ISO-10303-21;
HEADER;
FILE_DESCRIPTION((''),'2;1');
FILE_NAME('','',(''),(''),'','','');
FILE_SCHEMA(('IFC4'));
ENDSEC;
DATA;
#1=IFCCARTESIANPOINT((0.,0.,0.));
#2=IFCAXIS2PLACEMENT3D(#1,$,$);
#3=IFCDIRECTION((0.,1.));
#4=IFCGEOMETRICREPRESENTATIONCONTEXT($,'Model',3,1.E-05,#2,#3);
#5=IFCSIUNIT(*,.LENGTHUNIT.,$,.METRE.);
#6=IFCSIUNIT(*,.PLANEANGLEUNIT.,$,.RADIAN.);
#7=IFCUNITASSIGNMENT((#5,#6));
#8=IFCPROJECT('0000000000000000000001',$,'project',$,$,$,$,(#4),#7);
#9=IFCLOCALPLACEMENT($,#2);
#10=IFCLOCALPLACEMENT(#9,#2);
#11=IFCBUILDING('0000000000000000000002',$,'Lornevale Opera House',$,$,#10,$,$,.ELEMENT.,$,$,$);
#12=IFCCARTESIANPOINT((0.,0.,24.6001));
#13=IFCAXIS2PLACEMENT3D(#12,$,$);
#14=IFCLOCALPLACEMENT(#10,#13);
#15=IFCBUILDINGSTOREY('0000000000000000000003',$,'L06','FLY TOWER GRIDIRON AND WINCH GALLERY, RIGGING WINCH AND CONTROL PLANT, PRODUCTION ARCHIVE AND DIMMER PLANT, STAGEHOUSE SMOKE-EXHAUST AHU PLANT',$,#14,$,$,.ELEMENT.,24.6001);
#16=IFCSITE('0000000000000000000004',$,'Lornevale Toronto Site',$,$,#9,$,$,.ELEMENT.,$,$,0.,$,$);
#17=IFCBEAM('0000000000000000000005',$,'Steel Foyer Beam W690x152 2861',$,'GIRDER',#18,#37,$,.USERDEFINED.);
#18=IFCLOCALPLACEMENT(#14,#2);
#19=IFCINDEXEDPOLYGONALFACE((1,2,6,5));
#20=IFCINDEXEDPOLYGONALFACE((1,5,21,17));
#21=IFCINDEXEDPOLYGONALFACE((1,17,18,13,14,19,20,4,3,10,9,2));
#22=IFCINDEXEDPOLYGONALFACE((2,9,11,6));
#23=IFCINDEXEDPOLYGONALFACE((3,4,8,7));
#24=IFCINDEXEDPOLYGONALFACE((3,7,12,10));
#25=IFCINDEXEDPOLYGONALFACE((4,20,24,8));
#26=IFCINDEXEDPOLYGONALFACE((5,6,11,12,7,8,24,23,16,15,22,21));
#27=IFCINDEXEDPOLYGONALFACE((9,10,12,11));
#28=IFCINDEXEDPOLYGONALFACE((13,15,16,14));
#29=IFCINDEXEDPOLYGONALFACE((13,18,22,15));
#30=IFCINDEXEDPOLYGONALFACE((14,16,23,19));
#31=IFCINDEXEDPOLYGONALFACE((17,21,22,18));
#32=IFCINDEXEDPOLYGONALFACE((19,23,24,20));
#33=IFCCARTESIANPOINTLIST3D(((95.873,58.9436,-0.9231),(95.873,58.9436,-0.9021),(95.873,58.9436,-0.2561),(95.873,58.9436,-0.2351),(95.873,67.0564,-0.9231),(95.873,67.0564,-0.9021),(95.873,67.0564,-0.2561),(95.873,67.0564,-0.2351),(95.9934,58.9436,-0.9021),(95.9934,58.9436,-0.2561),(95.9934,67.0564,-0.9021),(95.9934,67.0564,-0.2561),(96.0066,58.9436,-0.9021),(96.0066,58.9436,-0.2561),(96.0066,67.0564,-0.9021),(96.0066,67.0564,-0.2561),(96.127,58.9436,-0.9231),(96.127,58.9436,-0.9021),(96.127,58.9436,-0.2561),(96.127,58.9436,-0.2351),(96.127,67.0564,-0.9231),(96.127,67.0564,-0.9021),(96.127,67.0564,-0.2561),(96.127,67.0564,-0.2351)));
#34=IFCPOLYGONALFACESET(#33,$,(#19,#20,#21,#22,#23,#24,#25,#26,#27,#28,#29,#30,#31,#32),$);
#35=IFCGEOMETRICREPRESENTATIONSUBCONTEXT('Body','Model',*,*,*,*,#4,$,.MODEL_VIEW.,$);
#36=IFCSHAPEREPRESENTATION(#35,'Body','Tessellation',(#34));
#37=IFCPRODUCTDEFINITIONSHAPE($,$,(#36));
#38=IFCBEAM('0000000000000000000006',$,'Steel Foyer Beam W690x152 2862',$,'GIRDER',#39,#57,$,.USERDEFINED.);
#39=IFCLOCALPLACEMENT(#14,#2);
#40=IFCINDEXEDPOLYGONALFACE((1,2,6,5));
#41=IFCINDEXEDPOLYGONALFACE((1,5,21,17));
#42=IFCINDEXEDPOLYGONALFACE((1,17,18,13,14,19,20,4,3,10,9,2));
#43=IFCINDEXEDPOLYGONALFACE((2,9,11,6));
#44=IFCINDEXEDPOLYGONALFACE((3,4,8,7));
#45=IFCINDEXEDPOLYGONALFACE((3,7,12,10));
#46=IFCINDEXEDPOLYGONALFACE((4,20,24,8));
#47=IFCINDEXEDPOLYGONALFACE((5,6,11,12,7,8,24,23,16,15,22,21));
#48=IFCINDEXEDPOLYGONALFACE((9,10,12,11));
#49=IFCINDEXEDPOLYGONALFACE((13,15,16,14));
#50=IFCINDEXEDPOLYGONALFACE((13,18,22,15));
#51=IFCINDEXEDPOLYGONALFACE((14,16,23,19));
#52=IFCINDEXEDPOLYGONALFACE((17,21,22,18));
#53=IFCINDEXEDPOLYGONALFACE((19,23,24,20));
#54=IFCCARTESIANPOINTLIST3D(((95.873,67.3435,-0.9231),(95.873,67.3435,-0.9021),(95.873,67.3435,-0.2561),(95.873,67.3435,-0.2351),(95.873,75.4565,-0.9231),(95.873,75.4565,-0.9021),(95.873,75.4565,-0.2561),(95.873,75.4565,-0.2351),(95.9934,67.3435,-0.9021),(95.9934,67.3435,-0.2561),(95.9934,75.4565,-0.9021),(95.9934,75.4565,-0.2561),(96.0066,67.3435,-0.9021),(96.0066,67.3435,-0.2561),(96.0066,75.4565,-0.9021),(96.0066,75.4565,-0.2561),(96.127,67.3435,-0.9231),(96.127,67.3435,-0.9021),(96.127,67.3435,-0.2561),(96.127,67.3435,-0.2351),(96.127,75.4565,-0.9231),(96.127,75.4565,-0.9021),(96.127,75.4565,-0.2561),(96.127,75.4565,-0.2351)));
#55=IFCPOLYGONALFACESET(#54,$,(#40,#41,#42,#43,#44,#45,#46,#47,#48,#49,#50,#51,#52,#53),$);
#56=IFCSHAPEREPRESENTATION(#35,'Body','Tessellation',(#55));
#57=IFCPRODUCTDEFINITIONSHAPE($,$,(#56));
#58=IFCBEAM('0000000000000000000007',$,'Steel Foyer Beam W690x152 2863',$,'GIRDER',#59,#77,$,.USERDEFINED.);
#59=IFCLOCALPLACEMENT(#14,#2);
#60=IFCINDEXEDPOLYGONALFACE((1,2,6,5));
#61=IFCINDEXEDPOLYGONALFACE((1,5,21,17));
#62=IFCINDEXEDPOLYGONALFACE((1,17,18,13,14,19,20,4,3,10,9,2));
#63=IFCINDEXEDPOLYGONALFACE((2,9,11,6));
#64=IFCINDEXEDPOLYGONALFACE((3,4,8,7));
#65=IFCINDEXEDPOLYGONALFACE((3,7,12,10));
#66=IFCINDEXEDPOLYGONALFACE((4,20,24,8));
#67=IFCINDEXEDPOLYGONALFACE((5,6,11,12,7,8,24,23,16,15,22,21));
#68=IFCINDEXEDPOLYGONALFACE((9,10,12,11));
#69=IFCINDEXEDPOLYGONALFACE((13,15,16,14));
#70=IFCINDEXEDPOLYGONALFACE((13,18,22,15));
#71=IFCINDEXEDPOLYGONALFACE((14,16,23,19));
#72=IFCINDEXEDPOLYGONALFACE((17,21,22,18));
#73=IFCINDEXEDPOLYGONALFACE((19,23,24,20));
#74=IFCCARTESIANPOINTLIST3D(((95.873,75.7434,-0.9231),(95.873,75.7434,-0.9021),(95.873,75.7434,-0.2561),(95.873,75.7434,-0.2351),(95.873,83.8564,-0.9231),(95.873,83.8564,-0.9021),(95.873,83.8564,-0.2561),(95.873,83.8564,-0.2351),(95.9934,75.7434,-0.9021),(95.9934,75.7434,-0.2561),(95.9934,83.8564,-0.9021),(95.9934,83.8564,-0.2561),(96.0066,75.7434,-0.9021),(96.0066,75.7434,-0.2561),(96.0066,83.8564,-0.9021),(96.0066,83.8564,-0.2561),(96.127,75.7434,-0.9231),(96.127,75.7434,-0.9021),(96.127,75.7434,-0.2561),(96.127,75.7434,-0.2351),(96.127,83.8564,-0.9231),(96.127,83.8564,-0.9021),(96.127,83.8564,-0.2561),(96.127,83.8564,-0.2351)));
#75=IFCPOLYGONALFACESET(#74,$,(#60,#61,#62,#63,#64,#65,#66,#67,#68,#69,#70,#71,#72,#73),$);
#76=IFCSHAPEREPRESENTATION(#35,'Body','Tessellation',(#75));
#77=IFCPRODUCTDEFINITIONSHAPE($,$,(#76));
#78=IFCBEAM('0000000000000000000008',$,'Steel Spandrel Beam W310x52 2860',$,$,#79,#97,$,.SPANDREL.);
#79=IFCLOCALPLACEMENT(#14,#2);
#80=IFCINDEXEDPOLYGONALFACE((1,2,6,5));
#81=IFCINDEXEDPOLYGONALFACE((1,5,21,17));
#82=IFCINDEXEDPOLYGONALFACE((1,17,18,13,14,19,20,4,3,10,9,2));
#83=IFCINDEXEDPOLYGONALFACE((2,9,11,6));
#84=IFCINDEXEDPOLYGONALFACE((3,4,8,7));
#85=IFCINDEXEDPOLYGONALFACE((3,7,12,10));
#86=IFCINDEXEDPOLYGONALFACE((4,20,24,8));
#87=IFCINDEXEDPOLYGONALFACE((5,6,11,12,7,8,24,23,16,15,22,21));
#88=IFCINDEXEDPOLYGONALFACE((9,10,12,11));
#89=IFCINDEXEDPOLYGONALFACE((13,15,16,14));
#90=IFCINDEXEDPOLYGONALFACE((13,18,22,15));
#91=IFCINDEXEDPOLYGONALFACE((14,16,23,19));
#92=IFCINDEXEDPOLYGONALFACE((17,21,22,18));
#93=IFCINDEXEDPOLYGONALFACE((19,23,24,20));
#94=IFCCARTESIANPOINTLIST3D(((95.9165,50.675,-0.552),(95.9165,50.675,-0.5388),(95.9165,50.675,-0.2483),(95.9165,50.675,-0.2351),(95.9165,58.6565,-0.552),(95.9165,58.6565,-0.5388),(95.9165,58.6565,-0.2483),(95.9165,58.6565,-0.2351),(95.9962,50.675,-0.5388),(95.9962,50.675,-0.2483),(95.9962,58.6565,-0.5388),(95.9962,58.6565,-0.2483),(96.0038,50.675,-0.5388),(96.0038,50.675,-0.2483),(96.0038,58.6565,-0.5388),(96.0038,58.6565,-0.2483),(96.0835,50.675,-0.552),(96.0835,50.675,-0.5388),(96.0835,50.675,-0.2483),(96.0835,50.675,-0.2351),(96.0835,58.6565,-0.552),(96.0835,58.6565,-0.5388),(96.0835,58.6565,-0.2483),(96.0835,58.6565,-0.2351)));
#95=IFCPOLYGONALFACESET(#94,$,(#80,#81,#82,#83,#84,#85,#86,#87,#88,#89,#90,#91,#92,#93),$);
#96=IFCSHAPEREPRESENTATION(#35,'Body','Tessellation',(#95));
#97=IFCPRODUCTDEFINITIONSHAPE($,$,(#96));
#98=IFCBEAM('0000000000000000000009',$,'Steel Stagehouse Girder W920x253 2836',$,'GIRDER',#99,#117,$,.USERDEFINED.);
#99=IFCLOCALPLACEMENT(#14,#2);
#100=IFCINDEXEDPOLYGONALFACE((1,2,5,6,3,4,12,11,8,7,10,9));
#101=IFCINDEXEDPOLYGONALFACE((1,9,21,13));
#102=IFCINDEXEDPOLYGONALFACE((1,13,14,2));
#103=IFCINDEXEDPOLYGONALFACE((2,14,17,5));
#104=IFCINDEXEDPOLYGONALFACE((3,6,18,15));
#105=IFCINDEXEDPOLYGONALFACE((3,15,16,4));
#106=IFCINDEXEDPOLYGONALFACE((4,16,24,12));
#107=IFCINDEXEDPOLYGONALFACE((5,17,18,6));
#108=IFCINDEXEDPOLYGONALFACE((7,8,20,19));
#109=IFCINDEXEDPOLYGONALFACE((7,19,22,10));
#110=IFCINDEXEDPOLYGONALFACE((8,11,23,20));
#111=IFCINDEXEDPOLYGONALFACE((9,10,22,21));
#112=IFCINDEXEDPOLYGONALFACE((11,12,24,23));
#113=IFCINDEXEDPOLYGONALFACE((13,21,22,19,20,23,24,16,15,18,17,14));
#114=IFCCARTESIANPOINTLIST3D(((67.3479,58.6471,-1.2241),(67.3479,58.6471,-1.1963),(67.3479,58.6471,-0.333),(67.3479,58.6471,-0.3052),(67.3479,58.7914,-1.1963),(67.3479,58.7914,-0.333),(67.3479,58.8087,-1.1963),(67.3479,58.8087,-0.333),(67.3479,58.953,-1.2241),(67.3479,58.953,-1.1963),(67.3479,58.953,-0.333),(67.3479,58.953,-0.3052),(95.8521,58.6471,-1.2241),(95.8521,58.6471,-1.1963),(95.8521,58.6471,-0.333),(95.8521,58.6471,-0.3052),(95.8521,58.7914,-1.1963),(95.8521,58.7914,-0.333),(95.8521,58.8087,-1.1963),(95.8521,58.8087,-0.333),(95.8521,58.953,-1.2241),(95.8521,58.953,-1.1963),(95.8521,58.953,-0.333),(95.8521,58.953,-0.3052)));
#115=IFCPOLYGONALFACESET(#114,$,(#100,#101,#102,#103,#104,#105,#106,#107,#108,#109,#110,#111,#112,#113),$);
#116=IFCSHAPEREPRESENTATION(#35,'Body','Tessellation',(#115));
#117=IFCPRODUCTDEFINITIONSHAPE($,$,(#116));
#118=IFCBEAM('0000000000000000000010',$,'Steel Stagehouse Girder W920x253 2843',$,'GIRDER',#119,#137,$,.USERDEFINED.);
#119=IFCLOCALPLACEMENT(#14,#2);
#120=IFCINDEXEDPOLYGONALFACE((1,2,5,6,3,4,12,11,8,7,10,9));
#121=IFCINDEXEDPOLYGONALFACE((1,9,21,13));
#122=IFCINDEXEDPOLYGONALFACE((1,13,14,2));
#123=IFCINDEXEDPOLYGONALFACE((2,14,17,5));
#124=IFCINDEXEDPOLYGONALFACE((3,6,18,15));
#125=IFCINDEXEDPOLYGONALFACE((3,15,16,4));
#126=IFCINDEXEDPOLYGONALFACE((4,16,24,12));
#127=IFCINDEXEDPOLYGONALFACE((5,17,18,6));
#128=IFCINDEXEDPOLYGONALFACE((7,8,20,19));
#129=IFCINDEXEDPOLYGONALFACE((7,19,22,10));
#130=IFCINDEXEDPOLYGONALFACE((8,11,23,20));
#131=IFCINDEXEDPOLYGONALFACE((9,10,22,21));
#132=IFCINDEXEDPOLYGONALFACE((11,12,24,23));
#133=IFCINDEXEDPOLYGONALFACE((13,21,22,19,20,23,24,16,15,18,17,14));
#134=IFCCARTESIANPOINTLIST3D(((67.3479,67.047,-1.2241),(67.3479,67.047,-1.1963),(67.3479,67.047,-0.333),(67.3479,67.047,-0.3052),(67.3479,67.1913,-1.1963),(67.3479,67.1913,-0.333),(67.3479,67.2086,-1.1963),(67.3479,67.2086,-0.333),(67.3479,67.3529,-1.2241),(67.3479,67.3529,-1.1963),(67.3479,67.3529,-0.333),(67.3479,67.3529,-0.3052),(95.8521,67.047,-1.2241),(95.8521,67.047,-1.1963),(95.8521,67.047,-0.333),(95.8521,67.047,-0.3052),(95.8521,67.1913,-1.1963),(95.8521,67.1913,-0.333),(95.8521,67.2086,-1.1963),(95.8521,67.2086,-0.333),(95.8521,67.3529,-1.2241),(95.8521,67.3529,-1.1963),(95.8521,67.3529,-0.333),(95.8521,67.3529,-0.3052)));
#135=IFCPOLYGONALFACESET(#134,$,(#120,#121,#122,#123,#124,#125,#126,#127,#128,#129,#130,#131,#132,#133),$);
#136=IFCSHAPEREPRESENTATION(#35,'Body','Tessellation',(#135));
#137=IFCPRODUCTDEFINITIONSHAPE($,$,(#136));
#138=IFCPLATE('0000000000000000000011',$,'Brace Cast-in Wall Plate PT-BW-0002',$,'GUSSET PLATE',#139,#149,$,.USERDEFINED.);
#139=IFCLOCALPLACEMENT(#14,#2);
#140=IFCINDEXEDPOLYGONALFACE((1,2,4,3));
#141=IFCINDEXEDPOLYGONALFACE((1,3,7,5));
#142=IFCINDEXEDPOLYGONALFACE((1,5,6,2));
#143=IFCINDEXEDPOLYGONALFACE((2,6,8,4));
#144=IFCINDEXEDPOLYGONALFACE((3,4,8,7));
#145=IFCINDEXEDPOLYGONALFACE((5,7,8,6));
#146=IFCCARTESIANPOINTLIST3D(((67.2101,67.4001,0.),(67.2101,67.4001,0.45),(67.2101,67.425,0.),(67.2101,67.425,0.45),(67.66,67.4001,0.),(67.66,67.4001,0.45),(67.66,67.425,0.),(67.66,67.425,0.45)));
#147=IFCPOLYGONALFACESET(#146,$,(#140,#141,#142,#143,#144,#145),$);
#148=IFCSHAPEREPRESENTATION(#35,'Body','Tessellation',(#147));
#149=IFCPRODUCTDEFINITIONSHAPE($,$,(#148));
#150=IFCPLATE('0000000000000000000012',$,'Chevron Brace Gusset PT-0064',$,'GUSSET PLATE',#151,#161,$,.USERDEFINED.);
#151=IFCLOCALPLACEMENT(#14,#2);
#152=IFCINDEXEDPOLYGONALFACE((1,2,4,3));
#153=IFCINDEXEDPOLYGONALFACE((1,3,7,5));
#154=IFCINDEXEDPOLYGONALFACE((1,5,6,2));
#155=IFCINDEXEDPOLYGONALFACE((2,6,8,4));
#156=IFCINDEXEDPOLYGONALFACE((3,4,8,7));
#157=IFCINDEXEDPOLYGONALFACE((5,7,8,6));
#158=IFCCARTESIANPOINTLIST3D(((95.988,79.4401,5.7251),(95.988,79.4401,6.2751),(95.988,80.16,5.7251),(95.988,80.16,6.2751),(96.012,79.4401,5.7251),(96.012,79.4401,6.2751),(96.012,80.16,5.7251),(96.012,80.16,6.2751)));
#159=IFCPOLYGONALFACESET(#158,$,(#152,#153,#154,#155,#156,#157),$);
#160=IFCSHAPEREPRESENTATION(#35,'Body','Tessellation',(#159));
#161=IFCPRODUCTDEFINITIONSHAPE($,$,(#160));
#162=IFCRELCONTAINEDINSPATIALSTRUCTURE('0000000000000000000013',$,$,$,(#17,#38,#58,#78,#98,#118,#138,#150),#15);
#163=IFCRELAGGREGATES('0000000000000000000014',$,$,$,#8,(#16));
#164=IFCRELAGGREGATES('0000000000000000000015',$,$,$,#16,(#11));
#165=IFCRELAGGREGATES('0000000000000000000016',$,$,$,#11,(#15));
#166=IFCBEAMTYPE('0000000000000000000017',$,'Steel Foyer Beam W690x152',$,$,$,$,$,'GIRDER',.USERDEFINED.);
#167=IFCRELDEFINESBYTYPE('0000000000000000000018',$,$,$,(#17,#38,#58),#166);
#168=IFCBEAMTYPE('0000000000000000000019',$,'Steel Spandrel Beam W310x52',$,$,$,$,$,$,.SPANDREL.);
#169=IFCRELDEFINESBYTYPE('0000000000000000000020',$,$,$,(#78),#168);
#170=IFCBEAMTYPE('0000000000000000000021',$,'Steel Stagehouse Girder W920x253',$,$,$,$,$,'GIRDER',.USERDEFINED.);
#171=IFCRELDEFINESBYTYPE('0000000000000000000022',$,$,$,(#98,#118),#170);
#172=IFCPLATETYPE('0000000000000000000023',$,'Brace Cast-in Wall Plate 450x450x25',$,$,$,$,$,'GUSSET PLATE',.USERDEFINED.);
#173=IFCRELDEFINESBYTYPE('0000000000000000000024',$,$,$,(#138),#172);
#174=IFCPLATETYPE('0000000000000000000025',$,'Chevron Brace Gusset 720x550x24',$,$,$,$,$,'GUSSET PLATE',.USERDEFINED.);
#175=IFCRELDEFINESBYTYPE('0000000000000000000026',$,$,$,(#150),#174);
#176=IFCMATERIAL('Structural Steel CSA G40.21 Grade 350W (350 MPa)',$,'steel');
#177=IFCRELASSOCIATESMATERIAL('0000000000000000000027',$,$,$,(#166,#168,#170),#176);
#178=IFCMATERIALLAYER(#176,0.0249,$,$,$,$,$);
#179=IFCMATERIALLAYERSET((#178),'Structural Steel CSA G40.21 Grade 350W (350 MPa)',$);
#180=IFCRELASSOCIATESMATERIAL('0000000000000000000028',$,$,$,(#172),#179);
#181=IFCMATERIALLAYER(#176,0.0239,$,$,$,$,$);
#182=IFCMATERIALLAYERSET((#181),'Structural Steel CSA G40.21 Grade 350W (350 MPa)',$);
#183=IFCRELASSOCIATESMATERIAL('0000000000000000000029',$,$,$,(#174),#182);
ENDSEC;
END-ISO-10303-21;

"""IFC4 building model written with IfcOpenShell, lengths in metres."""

from ifc_helpers import new_model, si_unit, direction, frame, origin, origin_2d, place, context, subcontext, project, spatial, rectangle, i_section, extrude, material, layer, layer_set, material_profile, profile_set, type_object, element, save


model = new_model("IFC4")

# Units and contexts
model_context = context("Model", 3, precision=1e-05, world=origin(), true_north=direction((0.0, 1.0)))
body_context = subcontext(model_context, "Body", "Model", "MODEL_VIEW")
ifc_project = project(units=[si_unit("LENGTHUNIT", "METRE"), si_unit("PLANEANGLEUNIT", "RADIAN")], contexts=[model_context])

# Site, building, storey
site_placement = place(None, origin())
site = spatial("IfcSite", under=ifc_project, at=site_placement, Name="Lornevale Toronto Site", CompositionType="ELEMENT", RefElevation=0.0)
building_placement = place(site_placement, origin())
building = spatial("IfcBuilding", under=site, at=building_placement, Name="Lornevale Opera House", CompositionType="ELEMENT")
storey_placement = place(building_placement, frame((0.0, 0.0, 24.6001)))
storey = spatial("IfcBuildingStorey", under=building, at=storey_placement, Name="L06", Description="FLY TOWER GRIDIRON AND WINCH GALLERY, RIGGING WINCH AND CONTROL PLANT, PRODUCTION ARCHIVE AND DIMMER PLANT, STAGEHOUSE SMOKE-EXHAUST AHU PLANT", CompositionType="ELEMENT", Elevation=24.6001)

# Shared definitions
ifc_material_1 = material(Name="Structural Steel CSA G40.21 Grade 350W (350 MPa)", Category="steel")

# Beams
ifc_material_profile_1 = material_profile(ifc_material_1, i_section(OverallWidth=0.2539, OverallDepth=0.688, WebThickness=0.0132, FlangeThickness=0.021, at=origin_2d()), Name="W690x152")
ifc_profile_set_1 = profile_set([ifc_material_profile_1], Name="Structural Steel CSA G40.21 Grade 350W (350 MPa)")
beam_type_1 = type_object("IfcBeamType", Name="Steel Foyer Beam W690x152", ElementType="GIRDER", PredefinedType="USERDEFINED", material=ifc_profile_set_1)
beam_1_placement = place(storey_placement, frame((96.0, 58.9436, -0.5791), z_axis=(0.0, 1.0, 0.0), x_axis=(-1.0, 0.0, 0.0)))
element("IfcBeam", 1, at=beam_1_placement, inside=storey, type_object=beam_type_1, Name="Steel Foyer Beam W690x152 2861", ObjectType="GIRDER", PredefinedType="USERDEFINED", context=body_context, shape_type="SweptSolid", body=[
    extrude(i_section(OverallWidth=0.2539, OverallDepth=0.688, WebThickness=0.0132, FlangeThickness=0.021, at=origin_2d()), origin(), (0.0, 0.0, 1.0), 8.1128),
])
for number, where, z_axis, x_axis, name in (
    (2, (96.0, 67.3435, -0.5791), (0.0, 1.0, 0.0), (-1.0, 0.0, 0.0), "Steel Foyer Beam W690x152 2862"),
    (3, (96.0, 75.7434, -0.5791), (0.0, 1.0, 0.0), (-1.0, 0.0, 0.0), "Steel Foyer Beam W690x152 2863"),
):
    element("IfcBeam", number, at=place(storey_placement, frame(where, z_axis=z_axis, x_axis=x_axis)), inside=storey, type_object=beam_type_1, Name=name, ObjectType="GIRDER", PredefinedType="USERDEFINED", context=body_context, shape_type="SweptSolid", body=[
        extrude(i_section(OverallWidth=0.2539, OverallDepth=0.688, WebThickness=0.0132, FlangeThickness=0.021, at=origin_2d()), origin(), (0.0, 0.0, 1.0), 8.113),
    ])
ifc_material_profile_2 = material_profile(ifc_material_1, i_section(OverallWidth=0.167, OverallDepth=0.3169, WebThickness=0.0076, FlangeThickness=0.0132, at=origin_2d()), Name="W310x52")
ifc_profile_set_2 = profile_set([ifc_material_profile_2], Name="Structural Steel CSA G40.21 Grade 350W (350 MPa)")
beam_type_2 = type_object("IfcBeamType", Name="Steel Spandrel Beam W310x52", PredefinedType="SPANDREL", material=ifc_profile_set_2)
beam_2_placement = place(storey_placement, frame((96.0, 50.675, -0.3936), z_axis=(0.0, 1.0, 0.0), x_axis=(-1.0, 0.0, 0.0)))
element("IfcBeam", 4, at=beam_2_placement, inside=storey, type_object=beam_type_2, Name="Steel Spandrel Beam W310x52 2860", PredefinedType="SPANDREL", context=body_context, shape_type="SweptSolid", body=[
    extrude(i_section(OverallWidth=0.167, OverallDepth=0.3169, WebThickness=0.0076, FlangeThickness=0.0132, at=origin_2d()), origin(), (0.0, 0.0, 1.0), 7.9814),
])
ifc_material_profile_3 = material_profile(ifc_material_1, i_section(OverallWidth=0.3059, OverallDepth=0.9189, WebThickness=0.0173, FlangeThickness=0.0278, at=origin_2d()), Name="W920x253")
ifc_profile_set_3 = profile_set([ifc_material_profile_3], Name="Structural Steel CSA G40.21 Grade 350W (350 MPa)")
beam_type_3 = type_object("IfcBeamType", Name="Steel Stagehouse Girder W920x253", ElementType="GIRDER", PredefinedType="USERDEFINED", material=ifc_profile_set_3)
for number, where, z_axis, x_axis, name in (
    (5, (67.3479, 58.8, -0.7646), (1.0, 0.0, 0.0), (0.0, 1.0, 0.0), "Steel Stagehouse Girder W920x253 2836"),
    (6, (67.3479, 67.2, -0.7646), (1.0, 0.0, 0.0), (0.0, 1.0, 0.0), "Steel Stagehouse Girder W920x253 2843"),
):
    element("IfcBeam", number, at=place(storey_placement, frame(where, z_axis=z_axis, x_axis=x_axis)), inside=storey, type_object=beam_type_3, Name=name, ObjectType="GIRDER", PredefinedType="USERDEFINED", context=body_context, shape_type="SweptSolid", body=[
        extrude(i_section(OverallWidth=0.3059, OverallDepth=0.9189, WebThickness=0.0173, FlangeThickness=0.0278, at=origin_2d()), origin(), (0.0, 0.0, 1.0), 28.5042),
    ])

# Plates
ifc_layer_1 = layer(ifc_material_1, 0.0249)
ifc_layer_set_1 = layer_set([ifc_layer_1], Name="Structural Steel CSA G40.21 Grade 350W (350 MPa)")
plate_type_1 = type_object("IfcPlateType", Name="Brace Cast-in Wall Plate 450x450x25", ElementType="GUSSET PLATE", PredefinedType="USERDEFINED", material=ifc_layer_set_1)
plate_1_placement = place(storey_placement, frame((67.4351, 67.4126, 0.0), z_axis=(0.0, 0.0, 1.0), x_axis=(1.0, 0.0, 0.0)))
element("IfcPlate", 7, at=plate_1_placement, inside=storey, type_object=plate_type_1, Name="Brace Cast-in Wall Plate PT-BW-0002", ObjectType="GUSSET PLATE", PredefinedType="USERDEFINED", context=body_context, shape_type="SweptSolid", body=[
    extrude(rectangle(XDim=0.45, YDim=0.0249, at=origin_2d()), origin(), (0.0, 0.0, 1.0), 0.45),
])
ifc_layer_2 = layer(ifc_material_1, 0.0239)
ifc_layer_set_2 = layer_set([ifc_layer_2], Name="Structural Steel CSA G40.21 Grade 350W (350 MPa)")
plate_type_2 = type_object("IfcPlateType", Name="Chevron Brace Gusset 720x550x24", ElementType="GUSSET PLATE", PredefinedType="USERDEFINED", material=ifc_layer_set_2)
plate_2_placement = place(storey_placement, frame((96.0, 79.8, 5.7251), z_axis=(0.0, 0.0, 1.0), x_axis=(0.0, 1.0, 0.0)))
element("IfcPlate", 8, at=plate_2_placement, inside=storey, type_object=plate_type_2, Name="Chevron Brace Gusset PT-0064", ObjectType="GUSSET PLATE", PredefinedType="USERDEFINED", context=body_context, shape_type="SweptSolid", body=[
    extrude(rectangle(XDim=0.72, YDim=0.0239, at=origin_2d()), origin(), (0.0, 0.0, 1.0), 0.55),
])

save(model, "model.ifc")
